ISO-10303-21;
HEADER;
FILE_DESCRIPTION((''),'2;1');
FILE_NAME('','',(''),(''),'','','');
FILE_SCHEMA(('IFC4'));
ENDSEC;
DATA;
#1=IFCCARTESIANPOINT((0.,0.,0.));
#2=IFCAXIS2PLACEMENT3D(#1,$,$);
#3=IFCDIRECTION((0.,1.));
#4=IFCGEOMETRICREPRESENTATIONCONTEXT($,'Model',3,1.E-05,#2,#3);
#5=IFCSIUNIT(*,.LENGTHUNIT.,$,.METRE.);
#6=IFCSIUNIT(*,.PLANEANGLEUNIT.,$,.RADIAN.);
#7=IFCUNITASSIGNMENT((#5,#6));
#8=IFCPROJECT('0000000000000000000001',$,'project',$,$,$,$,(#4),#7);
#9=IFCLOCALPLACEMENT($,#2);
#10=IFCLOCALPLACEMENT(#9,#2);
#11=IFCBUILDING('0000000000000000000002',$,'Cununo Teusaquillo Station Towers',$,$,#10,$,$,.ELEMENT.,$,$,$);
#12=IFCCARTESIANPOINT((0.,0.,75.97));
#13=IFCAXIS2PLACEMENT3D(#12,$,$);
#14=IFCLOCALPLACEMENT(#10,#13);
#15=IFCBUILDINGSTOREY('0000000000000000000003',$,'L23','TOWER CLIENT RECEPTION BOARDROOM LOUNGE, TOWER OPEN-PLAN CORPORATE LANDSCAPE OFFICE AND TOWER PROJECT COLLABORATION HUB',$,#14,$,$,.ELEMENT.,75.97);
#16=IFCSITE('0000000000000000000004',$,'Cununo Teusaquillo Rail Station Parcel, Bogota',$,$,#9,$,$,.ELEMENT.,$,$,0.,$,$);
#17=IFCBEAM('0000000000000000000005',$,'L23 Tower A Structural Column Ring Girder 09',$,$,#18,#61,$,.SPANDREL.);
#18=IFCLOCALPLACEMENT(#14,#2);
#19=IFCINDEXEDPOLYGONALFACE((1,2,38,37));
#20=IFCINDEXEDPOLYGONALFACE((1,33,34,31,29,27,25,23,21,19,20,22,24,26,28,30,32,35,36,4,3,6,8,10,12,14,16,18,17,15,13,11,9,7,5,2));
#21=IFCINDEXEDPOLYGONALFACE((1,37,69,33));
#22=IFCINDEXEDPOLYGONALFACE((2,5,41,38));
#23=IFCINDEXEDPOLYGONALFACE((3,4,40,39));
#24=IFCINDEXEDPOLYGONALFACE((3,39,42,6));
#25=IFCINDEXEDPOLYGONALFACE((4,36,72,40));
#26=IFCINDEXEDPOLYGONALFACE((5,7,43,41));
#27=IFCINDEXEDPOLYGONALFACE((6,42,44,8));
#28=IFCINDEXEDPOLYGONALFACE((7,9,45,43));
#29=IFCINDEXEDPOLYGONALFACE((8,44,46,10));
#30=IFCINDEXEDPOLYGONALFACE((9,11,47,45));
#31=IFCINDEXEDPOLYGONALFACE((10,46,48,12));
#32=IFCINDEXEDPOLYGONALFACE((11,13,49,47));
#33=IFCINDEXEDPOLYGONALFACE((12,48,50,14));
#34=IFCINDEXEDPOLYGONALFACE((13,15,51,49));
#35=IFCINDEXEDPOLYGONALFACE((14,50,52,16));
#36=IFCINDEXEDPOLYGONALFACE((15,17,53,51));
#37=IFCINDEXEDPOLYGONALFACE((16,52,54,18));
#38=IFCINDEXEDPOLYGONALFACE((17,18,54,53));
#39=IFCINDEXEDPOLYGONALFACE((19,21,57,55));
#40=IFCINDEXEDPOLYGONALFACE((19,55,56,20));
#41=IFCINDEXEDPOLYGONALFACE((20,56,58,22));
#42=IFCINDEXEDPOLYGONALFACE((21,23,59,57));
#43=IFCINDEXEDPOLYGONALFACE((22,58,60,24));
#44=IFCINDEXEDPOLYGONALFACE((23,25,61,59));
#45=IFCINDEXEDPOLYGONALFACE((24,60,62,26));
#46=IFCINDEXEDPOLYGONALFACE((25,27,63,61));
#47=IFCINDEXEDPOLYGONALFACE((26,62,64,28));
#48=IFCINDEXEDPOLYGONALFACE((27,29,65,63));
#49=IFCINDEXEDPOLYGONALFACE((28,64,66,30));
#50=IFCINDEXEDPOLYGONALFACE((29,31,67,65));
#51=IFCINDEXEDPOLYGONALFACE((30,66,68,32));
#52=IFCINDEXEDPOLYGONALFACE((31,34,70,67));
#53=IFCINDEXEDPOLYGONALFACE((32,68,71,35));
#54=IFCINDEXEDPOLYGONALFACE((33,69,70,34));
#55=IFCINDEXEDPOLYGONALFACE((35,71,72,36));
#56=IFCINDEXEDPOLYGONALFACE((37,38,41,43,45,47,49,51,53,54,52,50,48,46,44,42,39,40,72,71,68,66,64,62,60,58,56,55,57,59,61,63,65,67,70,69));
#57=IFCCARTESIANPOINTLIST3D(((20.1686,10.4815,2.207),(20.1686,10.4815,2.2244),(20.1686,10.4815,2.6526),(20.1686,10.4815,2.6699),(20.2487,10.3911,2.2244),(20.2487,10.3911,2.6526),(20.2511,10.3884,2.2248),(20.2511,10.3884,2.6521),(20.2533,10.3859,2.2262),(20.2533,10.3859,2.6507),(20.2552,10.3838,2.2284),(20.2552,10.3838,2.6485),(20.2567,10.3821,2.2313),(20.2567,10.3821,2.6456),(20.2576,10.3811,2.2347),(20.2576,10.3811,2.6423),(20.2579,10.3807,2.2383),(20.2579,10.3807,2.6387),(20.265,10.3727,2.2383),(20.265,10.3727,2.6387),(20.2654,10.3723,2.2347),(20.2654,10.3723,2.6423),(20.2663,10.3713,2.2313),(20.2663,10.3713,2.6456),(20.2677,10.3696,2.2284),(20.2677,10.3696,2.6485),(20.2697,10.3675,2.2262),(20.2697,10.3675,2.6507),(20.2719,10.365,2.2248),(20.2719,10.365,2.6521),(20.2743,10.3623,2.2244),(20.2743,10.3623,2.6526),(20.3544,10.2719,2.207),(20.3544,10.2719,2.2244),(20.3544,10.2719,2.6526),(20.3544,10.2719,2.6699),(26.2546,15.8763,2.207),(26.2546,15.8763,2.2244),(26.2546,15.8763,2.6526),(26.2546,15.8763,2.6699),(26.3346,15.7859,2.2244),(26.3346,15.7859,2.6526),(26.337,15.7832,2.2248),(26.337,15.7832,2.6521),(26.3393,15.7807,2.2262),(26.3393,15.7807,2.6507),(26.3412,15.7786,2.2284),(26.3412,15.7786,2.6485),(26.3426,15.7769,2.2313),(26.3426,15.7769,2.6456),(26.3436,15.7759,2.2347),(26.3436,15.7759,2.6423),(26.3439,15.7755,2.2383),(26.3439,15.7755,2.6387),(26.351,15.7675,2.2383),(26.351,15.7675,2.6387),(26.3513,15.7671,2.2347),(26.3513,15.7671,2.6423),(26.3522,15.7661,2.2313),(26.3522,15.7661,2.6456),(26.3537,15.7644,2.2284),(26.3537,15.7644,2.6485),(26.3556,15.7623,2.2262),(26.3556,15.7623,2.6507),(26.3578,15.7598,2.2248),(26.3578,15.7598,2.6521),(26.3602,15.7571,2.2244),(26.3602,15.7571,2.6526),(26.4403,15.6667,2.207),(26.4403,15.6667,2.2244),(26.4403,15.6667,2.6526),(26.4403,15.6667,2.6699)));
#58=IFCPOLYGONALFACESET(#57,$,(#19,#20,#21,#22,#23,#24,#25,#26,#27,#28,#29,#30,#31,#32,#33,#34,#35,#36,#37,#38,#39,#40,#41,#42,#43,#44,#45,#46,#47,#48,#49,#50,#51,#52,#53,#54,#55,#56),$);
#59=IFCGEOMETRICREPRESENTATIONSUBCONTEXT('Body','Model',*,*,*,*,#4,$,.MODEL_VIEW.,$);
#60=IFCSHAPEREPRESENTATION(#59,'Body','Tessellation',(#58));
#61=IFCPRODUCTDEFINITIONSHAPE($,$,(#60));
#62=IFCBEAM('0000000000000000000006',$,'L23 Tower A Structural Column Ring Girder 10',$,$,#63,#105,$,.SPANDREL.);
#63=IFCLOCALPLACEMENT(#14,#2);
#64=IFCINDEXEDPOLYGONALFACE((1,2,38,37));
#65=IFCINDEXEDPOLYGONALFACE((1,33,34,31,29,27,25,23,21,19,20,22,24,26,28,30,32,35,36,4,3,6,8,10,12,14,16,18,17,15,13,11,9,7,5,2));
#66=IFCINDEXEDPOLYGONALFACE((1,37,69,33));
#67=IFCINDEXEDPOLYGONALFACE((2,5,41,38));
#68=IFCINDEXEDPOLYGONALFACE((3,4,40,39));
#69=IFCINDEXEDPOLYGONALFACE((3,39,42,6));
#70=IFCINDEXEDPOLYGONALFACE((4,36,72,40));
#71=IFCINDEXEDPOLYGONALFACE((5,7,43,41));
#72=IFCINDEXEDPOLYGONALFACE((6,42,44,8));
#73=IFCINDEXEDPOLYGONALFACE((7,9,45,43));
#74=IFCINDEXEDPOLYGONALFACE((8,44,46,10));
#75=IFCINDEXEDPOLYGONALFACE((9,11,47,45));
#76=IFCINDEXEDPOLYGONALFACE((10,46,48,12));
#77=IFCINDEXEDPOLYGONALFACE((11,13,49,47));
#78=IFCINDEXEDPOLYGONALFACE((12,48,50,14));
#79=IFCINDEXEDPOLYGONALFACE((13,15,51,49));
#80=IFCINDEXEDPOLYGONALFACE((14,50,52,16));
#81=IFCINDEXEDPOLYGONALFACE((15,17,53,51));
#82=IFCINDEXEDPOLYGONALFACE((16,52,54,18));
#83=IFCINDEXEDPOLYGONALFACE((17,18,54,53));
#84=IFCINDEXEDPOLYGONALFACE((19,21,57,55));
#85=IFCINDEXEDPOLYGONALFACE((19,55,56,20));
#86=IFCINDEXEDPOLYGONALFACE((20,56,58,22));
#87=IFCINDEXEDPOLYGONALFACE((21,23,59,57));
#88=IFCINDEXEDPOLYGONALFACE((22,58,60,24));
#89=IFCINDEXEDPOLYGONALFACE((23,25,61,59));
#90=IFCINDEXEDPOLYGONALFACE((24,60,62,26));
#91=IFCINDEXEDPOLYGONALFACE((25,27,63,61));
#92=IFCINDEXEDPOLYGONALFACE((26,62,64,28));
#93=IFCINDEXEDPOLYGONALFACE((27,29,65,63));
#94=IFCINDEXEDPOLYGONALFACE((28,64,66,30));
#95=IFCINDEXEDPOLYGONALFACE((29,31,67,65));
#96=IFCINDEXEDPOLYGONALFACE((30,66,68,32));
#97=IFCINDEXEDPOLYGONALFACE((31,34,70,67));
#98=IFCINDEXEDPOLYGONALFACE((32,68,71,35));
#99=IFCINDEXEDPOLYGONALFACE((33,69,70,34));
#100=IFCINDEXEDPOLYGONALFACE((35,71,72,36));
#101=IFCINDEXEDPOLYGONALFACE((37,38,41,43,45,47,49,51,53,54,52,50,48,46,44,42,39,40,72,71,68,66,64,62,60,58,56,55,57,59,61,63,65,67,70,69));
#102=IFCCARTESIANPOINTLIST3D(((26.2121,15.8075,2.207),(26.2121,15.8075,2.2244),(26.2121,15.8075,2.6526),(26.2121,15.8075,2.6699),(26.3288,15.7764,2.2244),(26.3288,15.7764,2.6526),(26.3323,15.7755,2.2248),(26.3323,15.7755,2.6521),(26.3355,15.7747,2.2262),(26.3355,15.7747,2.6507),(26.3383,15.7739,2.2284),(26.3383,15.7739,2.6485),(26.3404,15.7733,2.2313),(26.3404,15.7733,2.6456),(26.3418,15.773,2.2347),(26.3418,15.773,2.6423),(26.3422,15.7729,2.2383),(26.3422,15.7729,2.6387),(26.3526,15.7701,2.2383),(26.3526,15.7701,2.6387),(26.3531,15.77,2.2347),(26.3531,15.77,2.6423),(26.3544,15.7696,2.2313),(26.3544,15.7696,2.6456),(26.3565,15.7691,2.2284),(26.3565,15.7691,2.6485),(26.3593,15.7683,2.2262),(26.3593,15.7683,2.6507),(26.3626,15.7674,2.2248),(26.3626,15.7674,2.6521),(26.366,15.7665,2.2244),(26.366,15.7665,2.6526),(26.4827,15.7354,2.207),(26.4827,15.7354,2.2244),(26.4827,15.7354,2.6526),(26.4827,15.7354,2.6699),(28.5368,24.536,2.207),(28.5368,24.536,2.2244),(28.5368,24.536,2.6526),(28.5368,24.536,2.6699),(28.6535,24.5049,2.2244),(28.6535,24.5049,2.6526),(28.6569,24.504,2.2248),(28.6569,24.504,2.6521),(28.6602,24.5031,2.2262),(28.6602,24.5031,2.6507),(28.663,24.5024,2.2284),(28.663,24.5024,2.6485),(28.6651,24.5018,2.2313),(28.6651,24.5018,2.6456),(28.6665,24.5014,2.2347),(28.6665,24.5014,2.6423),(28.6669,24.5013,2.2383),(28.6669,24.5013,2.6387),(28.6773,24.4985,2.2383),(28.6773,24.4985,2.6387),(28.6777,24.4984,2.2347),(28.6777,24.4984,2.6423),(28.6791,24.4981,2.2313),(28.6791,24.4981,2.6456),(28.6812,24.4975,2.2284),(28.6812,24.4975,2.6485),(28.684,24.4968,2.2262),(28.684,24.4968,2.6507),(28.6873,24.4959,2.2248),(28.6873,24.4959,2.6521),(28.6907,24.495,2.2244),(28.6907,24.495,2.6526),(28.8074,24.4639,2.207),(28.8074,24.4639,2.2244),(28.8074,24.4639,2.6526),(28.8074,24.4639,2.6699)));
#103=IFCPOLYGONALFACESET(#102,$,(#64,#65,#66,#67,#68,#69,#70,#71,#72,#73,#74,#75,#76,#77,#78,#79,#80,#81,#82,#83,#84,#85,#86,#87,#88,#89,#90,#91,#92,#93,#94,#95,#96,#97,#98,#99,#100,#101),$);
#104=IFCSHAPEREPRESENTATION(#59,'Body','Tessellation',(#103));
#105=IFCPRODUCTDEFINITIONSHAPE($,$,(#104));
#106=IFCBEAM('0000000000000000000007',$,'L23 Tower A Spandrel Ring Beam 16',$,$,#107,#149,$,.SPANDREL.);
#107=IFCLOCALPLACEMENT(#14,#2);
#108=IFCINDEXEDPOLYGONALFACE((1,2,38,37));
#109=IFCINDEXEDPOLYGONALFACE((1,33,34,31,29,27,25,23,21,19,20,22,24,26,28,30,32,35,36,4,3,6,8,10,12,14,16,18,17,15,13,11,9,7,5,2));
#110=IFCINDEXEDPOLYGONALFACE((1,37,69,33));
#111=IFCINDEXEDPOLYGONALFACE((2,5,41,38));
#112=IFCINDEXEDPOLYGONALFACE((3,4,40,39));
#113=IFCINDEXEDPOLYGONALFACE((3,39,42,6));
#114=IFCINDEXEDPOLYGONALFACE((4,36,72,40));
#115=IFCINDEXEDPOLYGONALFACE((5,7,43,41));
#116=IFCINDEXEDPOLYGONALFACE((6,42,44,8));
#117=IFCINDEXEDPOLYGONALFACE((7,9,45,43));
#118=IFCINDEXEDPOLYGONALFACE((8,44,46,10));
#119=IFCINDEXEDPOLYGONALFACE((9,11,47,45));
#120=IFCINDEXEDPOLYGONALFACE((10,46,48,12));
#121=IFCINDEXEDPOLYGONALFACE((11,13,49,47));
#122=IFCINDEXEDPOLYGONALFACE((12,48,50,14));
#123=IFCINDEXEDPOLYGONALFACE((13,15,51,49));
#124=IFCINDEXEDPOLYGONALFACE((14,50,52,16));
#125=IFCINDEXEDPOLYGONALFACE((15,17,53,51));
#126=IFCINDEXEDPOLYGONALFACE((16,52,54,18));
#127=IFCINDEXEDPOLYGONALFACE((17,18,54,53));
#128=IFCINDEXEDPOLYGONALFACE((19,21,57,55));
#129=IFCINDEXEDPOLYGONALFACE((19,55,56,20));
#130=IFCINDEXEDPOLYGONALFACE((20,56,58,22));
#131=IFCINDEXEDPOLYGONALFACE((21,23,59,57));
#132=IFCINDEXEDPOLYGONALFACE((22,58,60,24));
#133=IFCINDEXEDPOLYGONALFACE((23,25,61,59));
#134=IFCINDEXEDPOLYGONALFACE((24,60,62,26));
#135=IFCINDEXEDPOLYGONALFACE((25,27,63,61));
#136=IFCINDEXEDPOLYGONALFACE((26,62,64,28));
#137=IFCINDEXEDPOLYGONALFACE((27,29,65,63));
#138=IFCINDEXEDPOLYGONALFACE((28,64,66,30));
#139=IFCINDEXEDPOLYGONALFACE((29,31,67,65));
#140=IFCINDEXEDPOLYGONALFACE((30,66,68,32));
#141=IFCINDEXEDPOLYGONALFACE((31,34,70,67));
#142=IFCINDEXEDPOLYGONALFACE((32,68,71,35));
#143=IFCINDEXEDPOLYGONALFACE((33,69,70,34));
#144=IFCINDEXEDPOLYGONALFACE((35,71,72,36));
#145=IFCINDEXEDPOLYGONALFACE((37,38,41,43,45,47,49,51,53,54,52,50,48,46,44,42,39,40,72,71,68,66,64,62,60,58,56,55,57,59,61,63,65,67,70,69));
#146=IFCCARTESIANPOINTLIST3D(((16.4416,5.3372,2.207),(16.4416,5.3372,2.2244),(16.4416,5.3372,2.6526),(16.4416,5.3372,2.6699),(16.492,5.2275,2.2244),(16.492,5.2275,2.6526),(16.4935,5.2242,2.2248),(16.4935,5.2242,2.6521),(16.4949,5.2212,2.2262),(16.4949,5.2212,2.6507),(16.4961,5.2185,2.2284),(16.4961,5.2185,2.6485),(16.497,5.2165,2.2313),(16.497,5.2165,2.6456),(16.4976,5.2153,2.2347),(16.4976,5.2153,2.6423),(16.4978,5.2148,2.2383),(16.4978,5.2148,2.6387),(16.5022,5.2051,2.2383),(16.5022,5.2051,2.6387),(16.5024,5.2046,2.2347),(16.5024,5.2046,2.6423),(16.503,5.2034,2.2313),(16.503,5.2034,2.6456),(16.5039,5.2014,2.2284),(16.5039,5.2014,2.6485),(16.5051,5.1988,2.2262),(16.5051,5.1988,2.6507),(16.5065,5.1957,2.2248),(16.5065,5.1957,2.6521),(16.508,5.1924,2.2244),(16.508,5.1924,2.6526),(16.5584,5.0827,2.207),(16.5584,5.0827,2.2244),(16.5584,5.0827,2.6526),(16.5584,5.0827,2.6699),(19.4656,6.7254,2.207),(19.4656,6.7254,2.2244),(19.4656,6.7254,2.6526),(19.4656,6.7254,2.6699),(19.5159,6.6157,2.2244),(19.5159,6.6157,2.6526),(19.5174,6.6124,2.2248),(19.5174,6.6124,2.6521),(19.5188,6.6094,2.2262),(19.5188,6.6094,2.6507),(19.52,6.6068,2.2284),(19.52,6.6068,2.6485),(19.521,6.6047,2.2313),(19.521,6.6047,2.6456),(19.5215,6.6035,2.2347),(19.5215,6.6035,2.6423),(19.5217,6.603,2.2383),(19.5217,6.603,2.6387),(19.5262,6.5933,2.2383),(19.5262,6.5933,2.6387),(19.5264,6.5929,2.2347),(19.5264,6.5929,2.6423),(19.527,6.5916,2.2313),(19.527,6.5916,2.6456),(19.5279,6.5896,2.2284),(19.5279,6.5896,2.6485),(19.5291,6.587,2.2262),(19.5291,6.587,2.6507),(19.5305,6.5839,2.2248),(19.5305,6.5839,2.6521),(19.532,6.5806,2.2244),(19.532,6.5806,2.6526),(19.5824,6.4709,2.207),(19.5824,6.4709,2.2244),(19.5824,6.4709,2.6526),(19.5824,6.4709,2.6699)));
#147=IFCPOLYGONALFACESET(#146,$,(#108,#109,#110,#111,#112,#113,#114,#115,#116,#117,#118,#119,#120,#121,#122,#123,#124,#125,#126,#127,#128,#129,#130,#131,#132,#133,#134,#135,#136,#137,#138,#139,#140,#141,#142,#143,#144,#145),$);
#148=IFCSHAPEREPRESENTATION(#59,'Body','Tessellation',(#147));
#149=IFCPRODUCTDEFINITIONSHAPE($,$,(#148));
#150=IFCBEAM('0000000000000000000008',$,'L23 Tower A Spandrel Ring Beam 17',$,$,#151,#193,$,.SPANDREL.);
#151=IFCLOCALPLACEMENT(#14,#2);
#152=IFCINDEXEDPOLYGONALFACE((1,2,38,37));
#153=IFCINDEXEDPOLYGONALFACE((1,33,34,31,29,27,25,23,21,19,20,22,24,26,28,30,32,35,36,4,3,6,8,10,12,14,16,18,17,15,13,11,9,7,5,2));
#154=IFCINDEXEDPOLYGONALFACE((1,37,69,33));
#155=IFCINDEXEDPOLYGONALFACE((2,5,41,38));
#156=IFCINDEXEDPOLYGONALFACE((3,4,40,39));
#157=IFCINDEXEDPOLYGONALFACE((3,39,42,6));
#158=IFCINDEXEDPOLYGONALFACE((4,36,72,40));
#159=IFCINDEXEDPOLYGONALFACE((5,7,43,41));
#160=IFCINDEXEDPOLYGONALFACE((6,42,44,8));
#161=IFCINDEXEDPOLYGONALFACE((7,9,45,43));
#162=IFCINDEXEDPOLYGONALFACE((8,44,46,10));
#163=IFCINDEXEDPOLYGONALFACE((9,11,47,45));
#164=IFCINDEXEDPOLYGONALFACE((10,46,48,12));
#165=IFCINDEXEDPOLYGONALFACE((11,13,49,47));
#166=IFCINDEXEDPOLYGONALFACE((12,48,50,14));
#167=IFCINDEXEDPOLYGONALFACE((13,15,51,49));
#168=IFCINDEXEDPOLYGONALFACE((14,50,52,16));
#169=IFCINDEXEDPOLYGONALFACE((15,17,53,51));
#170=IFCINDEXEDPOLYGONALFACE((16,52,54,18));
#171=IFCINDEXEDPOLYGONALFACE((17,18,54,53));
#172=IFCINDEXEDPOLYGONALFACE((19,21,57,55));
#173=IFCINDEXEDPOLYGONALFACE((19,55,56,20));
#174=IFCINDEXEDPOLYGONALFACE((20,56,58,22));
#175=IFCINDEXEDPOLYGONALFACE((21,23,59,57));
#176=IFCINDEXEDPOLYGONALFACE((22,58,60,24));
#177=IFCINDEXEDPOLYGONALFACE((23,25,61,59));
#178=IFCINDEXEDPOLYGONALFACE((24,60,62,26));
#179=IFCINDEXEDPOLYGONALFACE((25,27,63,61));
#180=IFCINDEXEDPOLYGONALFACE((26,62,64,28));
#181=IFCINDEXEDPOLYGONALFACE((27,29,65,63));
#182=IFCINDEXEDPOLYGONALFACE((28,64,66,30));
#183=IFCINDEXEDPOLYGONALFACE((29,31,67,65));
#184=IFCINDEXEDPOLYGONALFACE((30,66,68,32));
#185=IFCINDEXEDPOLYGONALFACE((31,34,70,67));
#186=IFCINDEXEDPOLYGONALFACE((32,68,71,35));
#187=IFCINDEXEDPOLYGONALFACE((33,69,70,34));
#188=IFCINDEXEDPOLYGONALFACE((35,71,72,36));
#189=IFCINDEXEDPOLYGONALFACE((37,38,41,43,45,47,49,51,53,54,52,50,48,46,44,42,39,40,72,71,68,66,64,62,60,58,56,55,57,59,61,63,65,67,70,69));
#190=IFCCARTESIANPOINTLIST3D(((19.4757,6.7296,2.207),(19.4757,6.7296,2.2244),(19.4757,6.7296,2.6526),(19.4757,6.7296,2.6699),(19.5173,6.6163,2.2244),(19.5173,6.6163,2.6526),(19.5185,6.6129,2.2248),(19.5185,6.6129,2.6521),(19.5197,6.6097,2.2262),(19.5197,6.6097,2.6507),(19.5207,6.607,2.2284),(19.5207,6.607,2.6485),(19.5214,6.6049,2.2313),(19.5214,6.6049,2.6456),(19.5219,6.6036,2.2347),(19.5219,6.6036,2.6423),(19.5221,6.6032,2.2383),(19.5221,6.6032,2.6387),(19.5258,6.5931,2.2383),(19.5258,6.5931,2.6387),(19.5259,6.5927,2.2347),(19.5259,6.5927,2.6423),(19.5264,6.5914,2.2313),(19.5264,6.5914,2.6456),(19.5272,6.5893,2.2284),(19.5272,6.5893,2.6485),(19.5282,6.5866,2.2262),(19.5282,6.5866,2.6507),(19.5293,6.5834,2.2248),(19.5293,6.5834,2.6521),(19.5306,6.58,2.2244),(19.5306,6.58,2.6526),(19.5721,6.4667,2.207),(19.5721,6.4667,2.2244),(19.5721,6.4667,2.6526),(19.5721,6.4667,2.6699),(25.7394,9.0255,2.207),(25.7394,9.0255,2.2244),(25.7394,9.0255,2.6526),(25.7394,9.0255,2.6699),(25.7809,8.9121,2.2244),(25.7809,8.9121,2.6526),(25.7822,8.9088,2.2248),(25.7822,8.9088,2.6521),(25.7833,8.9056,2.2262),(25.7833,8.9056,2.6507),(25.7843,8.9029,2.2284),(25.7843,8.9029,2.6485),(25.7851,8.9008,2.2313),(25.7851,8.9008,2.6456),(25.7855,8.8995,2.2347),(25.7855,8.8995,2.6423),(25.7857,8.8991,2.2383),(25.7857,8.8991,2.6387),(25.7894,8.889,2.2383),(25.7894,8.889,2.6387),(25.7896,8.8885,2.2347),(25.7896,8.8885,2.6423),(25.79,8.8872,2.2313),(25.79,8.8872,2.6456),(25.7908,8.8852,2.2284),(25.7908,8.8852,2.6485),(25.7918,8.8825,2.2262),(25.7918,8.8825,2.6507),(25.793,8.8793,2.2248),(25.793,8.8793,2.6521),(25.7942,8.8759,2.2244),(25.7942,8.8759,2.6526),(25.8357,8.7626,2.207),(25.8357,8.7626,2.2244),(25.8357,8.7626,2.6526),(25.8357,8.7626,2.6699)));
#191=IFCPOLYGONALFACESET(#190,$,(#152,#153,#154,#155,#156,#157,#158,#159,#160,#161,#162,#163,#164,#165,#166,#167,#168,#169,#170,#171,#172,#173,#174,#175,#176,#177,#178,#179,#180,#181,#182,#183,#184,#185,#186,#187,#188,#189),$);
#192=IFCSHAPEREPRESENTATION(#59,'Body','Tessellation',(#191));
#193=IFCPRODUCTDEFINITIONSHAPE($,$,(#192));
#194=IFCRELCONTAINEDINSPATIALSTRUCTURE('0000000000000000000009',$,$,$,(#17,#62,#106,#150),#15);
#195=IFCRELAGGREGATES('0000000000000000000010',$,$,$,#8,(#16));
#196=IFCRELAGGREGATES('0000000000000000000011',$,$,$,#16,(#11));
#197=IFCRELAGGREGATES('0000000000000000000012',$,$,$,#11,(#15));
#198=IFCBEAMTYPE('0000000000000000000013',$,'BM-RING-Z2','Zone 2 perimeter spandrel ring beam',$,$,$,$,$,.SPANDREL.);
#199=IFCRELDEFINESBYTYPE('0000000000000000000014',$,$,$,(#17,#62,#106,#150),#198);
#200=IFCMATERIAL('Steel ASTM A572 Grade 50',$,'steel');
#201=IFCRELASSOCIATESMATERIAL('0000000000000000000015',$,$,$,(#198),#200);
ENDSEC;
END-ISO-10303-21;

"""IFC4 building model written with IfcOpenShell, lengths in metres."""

from ifc_helpers import new_model, si_unit, direction, frame, origin, origin_2d, place, context, subcontext, project, spatial, i_section, extrude, material, material_profile, profile_set, type_object, element, save


model = new_model("IFC4")

# Units and contexts
model_context = context("Model", 3, precision=1e-05, world=origin(), true_north=direction((0.0, 1.0)))
body_context = subcontext(model_context, "Body", "Model", "MODEL_VIEW")
ifc_project = project(units=[si_unit("LENGTHUNIT", "METRE"), si_unit("PLANEANGLEUNIT", "RADIAN")], contexts=[model_context])

# Site, building, storey
site_placement = place(None, origin())
site = spatial("IfcSite", under=ifc_project, at=site_placement, Name="Cununo Teusaquillo Rail Station Parcel, Bogota", CompositionType="ELEMENT", RefElevation=0.0)
building_placement = place(site_placement, origin())
building = spatial("IfcBuilding", under=site, at=building_placement, Name="Cununo Teusaquillo Station Towers", CompositionType="ELEMENT")
storey_placement = place(building_placement, frame((0.0, 0.0, 75.97)))
storey = spatial("IfcBuildingStorey", under=building, at=storey_placement, Name="L23", Description="TOWER CLIENT RECEPTION BOARDROOM LOUNGE, TOWER OPEN-PLAN CORPORATE LANDSCAPE OFFICE AND TOWER PROJECT COLLABORATION HUB", CompositionType="ELEMENT", Elevation=75.97)

# Beams
ifc_material_1 = material(Name="Steel ASTM A572 Grade 50", Category="steel")
ifc_material_profile_1 = material_profile(ifc_material_1, i_section(OverallWidth=0.28, OverallDepth=0.4629, WebThickness=0.0107, FlangeThickness=0.0173, FilletRadius=0.0139, at=origin_2d()), Name="W18X76")
ifc_profile_set_1 = profile_set([ifc_material_profile_1], Name="Steel ASTM A572 Grade 50")
beam_type_1 = type_object("IfcBeamType", Name="BM-RING-Z2", Description="Zone 2 perimeter spandrel ring beam", PredefinedType="SPANDREL", material=ifc_profile_set_1)
beam_1_placement = place(storey_placement, frame((20.2615, 10.3767, 2.4385), z_axis=(0.748321, 0.663337, 0.0), x_axis=(-0.663337, 0.748321, 0.0)))
element("IfcBeam", 1, at=beam_1_placement, inside=storey, type_object=beam_type_1, Name="L23 Tower A Structural Column Ring Girder 09", PredefinedType="SPANDREL", context=body_context, shape_type="SweptSolid", body=[
    extrude(i_section(OverallWidth=0.28, OverallDepth=0.4629, WebThickness=0.0107, FlangeThickness=0.0173, FilletRadius=0.0139, at=origin_2d()), origin(), (0.0, 0.0, 1.0), 8.1328),
])
beam_2_placement = place(storey_placement, frame((26.3474, 15.7715, 2.4385), z_axis=(0.257363, 0.966315, 0.0), x_axis=(-0.966315, 0.257363, 0.0)))
element("IfcBeam", 2, at=beam_2_placement, inside=storey, type_object=beam_type_1, Name="L23 Tower A Structural Column Ring Girder 10", PredefinedType="SPANDREL", context=body_context, shape_type="SweptSolid", body=[
    extrude(i_section(OverallWidth=0.28, OverallDepth=0.4629, WebThickness=0.0107, FlangeThickness=0.0173, FilletRadius=0.0139, at=origin_2d()), origin(), (0.0, 0.0, 1.0), 9.0327),
])
beam_3_placement = place(storey_placement, frame((16.5, 5.21, 2.4385), z_axis=(0.908812, 0.417205, 0.0), x_axis=(-0.417205, 0.908812, 0.0)))
element("IfcBeam", 3, at=beam_3_placement, inside=storey, type_object=beam_type_1, Name="L23 Tower A Spandrel Ring Beam 16", PredefinedType="SPANDREL", context=body_context, shape_type="SweptSolid", body=[
    extrude(i_section(OverallWidth=0.28, OverallDepth=0.4629, WebThickness=0.0107, FlangeThickness=0.0173, FilletRadius=0.0139, at=origin_2d()), origin(), (0.0, 0.0, 1.0), 3.3274),
])
beam_4_placement = place(storey_placement, frame((19.5239, 6.5981, 2.4385), z_axis=(0.938914, 0.344151, 0.0), x_axis=(-0.344151, 0.938914, 0.0)))
element("IfcBeam", 4, at=beam_4_placement, inside=storey, type_object=beam_type_1, Name="L23 Tower A Spandrel Ring Beam 17", PredefinedType="SPANDREL", context=body_context, shape_type="SweptSolid", body=[
    extrude(i_section(OverallWidth=0.28, OverallDepth=0.4629, WebThickness=0.0107, FlangeThickness=0.0173, FilletRadius=0.0139, at=origin_2d()), origin(), (0.0, 0.0, 1.0), 6.6711),
])

save(model, "model.ifc")
